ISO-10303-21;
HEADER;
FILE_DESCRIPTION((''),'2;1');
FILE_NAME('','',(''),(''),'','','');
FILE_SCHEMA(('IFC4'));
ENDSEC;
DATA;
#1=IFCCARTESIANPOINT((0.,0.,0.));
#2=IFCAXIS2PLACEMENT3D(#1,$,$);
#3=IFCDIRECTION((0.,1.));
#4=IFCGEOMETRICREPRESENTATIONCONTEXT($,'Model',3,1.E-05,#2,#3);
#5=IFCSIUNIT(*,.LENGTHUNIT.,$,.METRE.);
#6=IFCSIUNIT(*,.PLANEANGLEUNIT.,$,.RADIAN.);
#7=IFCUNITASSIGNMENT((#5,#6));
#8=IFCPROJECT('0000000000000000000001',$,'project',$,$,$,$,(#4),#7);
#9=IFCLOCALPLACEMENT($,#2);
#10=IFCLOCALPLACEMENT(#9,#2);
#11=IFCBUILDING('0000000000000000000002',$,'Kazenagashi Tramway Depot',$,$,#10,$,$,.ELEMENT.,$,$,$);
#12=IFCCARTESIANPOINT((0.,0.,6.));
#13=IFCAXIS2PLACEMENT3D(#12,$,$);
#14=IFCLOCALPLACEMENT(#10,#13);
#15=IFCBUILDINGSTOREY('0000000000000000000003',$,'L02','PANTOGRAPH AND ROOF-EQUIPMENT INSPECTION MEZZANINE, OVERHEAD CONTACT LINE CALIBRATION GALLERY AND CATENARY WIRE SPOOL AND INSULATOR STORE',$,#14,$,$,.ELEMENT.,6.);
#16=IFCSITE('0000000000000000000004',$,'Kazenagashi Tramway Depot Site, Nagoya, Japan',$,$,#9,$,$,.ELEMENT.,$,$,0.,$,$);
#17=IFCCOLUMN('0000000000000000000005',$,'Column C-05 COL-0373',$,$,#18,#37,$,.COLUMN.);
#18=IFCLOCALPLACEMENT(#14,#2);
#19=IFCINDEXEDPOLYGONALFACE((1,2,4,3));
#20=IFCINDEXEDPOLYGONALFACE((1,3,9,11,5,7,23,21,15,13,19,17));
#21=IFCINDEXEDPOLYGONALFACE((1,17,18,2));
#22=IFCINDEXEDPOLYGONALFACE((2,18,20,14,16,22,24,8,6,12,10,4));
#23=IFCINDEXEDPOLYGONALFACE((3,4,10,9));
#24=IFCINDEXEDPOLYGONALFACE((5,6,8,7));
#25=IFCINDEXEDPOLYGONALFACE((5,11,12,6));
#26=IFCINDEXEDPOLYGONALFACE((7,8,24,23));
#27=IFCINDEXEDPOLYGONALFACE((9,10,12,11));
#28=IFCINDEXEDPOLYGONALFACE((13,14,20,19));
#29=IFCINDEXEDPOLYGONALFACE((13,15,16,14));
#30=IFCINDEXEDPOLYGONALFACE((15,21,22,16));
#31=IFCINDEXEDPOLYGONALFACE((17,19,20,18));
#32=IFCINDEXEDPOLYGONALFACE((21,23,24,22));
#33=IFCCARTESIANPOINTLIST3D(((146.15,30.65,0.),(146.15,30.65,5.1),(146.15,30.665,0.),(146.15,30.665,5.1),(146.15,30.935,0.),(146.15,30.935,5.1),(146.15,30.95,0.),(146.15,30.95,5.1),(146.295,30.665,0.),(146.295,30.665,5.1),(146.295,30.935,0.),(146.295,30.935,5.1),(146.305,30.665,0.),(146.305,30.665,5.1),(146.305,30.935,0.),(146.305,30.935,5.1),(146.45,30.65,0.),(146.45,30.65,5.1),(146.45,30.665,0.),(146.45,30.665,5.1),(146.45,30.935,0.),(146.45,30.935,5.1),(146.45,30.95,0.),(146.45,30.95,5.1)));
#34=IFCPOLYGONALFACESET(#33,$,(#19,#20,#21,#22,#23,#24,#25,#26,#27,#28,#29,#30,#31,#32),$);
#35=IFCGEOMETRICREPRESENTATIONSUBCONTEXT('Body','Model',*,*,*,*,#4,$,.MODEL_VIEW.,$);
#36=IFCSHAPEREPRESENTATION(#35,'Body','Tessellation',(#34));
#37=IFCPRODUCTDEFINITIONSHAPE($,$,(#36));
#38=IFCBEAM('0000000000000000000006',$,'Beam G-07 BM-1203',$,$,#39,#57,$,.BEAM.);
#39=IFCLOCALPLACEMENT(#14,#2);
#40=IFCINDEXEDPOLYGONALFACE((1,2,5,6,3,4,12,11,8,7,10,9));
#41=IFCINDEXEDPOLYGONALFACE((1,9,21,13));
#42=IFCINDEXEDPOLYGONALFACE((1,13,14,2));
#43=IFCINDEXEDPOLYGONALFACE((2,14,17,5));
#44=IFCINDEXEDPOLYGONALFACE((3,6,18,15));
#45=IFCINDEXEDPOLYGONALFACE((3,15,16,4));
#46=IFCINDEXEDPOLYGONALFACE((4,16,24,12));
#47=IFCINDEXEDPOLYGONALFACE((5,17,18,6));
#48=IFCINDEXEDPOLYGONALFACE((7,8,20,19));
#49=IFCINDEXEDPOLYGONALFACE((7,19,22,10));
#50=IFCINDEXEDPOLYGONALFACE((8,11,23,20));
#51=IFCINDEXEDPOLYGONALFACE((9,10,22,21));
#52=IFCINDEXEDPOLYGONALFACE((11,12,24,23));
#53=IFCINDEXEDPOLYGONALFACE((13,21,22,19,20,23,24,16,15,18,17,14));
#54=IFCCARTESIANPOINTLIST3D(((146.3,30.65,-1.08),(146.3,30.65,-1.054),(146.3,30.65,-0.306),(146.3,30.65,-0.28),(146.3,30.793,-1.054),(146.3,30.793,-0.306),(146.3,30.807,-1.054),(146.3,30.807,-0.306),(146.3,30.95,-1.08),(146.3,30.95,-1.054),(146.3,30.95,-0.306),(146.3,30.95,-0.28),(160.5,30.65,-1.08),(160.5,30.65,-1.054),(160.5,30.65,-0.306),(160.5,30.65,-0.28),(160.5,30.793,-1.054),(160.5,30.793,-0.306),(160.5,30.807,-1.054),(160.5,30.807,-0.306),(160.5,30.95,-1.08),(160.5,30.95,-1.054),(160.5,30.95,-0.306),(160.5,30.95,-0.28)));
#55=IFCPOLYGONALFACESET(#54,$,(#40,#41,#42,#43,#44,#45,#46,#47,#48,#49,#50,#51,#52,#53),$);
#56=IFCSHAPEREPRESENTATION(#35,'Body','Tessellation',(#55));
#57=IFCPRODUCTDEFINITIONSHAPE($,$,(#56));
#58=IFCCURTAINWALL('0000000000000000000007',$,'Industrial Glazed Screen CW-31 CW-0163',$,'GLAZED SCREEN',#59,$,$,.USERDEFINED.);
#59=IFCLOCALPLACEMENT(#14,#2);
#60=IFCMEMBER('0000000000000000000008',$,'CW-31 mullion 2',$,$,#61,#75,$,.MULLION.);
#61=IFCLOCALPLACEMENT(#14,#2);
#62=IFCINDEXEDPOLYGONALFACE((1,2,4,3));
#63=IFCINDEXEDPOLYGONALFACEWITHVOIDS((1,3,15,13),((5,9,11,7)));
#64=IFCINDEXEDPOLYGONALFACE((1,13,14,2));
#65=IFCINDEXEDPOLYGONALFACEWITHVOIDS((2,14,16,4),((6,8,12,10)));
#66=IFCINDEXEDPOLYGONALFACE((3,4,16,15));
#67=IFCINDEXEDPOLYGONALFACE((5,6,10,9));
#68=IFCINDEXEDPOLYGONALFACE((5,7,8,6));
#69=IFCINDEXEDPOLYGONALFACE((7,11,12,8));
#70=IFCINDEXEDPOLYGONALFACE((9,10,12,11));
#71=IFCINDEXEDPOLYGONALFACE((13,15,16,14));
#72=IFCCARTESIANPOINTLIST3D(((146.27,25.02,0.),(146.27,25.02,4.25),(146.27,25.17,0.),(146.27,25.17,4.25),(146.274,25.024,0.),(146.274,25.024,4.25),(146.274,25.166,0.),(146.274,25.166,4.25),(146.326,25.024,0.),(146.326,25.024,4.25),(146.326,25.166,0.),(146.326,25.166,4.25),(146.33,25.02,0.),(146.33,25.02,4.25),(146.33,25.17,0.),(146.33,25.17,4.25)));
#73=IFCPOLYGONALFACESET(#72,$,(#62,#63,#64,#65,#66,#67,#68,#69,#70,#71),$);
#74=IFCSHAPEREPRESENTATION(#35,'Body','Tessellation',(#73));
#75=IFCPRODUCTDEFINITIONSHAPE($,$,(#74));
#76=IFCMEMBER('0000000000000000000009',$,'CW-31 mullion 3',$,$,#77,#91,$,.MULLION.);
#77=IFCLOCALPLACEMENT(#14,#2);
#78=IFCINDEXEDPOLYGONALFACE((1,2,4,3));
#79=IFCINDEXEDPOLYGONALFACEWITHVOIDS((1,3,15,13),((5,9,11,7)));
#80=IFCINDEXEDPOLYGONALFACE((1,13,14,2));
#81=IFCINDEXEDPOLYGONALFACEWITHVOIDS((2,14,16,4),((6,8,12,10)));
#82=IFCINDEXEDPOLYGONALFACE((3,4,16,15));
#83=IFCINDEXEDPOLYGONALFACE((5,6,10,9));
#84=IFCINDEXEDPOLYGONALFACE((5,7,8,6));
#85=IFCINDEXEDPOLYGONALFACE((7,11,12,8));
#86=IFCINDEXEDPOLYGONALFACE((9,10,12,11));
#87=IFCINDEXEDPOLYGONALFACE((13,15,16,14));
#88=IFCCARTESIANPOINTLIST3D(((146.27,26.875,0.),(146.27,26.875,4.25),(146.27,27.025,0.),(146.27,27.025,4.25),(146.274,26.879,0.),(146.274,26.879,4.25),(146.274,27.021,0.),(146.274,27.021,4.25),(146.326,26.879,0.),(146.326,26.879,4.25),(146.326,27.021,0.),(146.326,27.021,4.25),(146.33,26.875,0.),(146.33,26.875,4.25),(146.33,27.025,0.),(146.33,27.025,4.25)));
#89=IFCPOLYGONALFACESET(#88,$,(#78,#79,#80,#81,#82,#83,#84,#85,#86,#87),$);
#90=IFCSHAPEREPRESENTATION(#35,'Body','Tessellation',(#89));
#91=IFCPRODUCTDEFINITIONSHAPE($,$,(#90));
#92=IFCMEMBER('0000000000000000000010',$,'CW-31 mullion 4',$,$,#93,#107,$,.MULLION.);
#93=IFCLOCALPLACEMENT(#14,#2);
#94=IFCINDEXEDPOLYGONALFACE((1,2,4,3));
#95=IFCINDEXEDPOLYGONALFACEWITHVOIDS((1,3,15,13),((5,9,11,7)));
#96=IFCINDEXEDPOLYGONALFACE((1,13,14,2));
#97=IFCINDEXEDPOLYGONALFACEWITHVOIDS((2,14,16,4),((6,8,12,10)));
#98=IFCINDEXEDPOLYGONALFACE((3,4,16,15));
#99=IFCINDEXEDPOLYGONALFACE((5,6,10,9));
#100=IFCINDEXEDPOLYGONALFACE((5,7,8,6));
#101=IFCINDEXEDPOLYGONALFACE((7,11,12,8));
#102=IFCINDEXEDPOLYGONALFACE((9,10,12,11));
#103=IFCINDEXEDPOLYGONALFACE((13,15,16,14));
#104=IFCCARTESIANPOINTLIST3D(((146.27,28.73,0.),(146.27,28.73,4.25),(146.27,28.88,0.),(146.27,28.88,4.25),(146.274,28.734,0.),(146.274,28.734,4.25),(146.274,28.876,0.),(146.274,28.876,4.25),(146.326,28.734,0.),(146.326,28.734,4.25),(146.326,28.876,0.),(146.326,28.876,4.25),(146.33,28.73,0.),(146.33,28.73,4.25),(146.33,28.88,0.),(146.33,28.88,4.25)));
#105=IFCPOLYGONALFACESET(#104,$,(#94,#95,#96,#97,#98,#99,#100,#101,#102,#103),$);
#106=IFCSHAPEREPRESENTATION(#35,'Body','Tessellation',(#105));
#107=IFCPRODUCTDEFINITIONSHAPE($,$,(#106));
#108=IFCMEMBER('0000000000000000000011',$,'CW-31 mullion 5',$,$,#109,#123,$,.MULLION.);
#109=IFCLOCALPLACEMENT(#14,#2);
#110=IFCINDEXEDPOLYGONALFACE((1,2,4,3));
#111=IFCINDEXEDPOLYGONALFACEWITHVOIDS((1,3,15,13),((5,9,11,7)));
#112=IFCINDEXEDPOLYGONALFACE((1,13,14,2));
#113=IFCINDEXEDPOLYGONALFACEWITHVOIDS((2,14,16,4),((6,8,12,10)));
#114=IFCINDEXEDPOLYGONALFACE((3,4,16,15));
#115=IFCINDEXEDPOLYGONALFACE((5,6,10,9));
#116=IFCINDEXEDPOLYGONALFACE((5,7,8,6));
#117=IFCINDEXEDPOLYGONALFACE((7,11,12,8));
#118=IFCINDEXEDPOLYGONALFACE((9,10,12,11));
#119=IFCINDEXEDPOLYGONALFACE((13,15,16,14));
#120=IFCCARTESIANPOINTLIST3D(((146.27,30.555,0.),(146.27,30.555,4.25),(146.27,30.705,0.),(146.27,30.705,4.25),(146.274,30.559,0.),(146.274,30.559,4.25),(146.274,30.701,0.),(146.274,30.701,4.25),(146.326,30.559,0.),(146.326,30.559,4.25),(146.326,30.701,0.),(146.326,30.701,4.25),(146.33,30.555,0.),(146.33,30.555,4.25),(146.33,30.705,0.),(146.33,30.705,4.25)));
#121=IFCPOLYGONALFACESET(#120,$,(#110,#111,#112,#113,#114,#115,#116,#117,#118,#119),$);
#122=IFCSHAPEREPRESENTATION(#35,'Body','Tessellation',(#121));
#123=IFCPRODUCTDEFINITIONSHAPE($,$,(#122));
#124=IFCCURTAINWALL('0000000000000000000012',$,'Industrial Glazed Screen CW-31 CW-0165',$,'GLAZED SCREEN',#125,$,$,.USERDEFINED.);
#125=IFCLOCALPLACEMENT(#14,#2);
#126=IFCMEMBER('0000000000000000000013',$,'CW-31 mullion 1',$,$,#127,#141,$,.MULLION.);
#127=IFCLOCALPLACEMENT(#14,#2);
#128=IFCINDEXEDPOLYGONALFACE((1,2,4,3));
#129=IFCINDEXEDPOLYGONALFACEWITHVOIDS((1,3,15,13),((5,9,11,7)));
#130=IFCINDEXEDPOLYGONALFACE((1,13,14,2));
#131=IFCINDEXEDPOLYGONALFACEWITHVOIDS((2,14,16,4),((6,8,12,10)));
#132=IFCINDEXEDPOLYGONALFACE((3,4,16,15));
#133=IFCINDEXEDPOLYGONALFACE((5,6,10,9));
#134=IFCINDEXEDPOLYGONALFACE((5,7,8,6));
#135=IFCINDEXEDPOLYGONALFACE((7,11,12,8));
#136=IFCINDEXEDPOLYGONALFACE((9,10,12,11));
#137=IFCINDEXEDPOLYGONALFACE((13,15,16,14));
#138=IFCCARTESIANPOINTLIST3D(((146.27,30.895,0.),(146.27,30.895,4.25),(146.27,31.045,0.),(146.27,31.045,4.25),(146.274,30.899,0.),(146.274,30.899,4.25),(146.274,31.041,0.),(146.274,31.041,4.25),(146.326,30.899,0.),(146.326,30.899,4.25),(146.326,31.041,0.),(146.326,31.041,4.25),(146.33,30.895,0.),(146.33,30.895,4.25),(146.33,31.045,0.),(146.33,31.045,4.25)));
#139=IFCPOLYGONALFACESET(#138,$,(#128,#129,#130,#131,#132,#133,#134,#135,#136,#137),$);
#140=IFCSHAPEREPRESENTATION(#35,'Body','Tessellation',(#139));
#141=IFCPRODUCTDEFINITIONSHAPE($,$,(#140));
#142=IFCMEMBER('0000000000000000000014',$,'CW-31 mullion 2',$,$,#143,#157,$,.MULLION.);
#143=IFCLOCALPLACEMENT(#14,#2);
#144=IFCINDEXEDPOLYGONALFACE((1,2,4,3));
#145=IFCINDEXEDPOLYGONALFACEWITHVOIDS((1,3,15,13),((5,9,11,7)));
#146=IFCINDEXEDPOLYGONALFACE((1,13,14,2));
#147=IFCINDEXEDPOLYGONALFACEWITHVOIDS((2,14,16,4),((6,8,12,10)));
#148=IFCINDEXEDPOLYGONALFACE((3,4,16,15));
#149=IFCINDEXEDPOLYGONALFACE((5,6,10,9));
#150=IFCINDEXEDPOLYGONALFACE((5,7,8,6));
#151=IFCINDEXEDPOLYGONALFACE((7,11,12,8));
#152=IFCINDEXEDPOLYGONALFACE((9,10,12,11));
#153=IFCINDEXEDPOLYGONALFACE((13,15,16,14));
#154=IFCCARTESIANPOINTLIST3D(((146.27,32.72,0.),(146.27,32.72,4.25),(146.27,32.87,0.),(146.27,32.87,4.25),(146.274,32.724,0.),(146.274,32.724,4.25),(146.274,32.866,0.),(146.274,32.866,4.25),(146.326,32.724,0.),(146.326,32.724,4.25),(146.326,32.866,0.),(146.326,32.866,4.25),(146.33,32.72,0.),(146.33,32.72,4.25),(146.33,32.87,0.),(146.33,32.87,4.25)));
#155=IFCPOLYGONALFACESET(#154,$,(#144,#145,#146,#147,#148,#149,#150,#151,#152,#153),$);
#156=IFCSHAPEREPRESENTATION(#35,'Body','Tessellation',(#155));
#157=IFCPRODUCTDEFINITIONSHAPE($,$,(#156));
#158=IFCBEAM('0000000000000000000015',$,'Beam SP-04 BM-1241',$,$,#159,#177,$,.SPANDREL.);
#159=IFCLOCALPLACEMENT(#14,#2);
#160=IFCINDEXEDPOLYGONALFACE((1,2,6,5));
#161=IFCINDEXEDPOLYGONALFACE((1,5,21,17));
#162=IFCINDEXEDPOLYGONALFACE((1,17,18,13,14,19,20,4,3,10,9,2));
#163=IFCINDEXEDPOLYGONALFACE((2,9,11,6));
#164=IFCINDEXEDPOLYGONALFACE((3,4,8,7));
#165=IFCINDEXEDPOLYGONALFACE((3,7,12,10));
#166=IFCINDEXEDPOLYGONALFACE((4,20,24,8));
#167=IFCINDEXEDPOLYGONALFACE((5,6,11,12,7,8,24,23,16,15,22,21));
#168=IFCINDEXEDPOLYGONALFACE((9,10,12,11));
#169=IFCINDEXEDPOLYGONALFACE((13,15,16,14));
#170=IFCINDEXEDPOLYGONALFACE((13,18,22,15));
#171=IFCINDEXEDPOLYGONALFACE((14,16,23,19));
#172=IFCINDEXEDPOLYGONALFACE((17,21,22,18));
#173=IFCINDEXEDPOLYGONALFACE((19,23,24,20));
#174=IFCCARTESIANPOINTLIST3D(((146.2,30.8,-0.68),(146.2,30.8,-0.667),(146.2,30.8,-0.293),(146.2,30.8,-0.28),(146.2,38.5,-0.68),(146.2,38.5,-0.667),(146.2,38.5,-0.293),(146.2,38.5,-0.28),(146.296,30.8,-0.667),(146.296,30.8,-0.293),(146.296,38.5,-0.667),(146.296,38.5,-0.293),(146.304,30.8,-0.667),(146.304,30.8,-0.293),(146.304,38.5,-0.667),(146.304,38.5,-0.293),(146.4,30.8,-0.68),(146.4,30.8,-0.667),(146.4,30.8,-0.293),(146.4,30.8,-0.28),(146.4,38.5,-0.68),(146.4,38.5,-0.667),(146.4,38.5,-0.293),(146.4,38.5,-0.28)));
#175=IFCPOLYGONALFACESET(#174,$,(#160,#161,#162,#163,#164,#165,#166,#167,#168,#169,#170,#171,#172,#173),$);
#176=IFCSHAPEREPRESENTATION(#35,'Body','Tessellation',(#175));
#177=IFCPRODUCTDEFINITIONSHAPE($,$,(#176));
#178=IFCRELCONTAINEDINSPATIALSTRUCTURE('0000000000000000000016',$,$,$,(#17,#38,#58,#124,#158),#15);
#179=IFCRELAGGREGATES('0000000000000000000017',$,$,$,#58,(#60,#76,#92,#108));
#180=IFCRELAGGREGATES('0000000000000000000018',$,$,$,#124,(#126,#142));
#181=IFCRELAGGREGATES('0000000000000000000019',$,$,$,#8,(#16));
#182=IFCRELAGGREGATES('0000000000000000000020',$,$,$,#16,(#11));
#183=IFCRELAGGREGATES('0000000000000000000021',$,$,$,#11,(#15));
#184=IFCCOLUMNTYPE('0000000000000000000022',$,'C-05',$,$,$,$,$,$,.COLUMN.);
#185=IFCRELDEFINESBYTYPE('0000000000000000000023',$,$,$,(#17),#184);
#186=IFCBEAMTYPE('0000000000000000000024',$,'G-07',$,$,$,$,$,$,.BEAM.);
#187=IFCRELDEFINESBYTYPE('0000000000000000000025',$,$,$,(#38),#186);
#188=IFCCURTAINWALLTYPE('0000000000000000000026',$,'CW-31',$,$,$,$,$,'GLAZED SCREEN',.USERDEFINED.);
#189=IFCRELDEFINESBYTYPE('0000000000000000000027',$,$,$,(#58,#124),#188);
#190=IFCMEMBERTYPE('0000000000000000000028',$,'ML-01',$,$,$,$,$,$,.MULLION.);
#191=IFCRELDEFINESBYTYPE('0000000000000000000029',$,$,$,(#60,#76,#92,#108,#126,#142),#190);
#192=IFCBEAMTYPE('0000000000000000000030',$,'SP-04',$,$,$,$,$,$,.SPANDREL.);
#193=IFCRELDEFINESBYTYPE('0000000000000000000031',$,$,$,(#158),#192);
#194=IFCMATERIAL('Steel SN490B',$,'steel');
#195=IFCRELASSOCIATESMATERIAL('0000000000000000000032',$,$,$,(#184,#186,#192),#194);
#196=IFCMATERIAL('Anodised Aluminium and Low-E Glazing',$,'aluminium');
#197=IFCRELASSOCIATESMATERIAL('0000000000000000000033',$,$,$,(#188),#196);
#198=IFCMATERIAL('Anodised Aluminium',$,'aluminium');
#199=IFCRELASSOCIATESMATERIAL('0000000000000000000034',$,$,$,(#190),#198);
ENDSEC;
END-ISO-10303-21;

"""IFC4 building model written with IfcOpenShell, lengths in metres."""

from ifc_helpers import new_model, si_unit, direction, frame, origin, origin_2d, place, context, subcontext, project, spatial, hollow_rectangle, i_section, extrude, material, material_profile, profile_set, type_object, element, aggregate, save


model = new_model("IFC4")

# Units and contexts
model_context = context("Model", 3, precision=1e-05, world=origin(), true_north=direction((0.0, 1.0)))
body_context = subcontext(model_context, "Body", "Model", "MODEL_VIEW")
ifc_project = project(units=[si_unit("LENGTHUNIT", "METRE"), si_unit("PLANEANGLEUNIT", "RADIAN")], contexts=[model_context])

# Site, building, storey
site_placement = place(None, origin())
site = spatial("IfcSite", under=ifc_project, at=site_placement, Name="Kazenagashi Tramway Depot Site, Nagoya, Japan", CompositionType="ELEMENT", RefElevation=0.0)
building_placement = place(site_placement, origin())
building = spatial("IfcBuilding", under=site, at=building_placement, Name="Kazenagashi Tramway Depot", CompositionType="ELEMENT")
storey_placement = place(building_placement, frame((0.0, 0.0, 6.0)))
storey = spatial("IfcBuildingStorey", under=building, at=storey_placement, Name="L02", Description="PANTOGRAPH AND ROOF-EQUIPMENT INSPECTION MEZZANINE, OVERHEAD CONTACT LINE CALIBRATION GALLERY AND CATENARY WIRE SPOOL AND INSULATOR STORE", CompositionType="ELEMENT", Elevation=6.0)

# Column
ifc_material_1 = material(Name="Steel SN490B", Category="steel")
ifc_material_profile_1 = material_profile(ifc_material_1, i_section(OverallWidth=0.3, OverallDepth=0.3, WebThickness=0.01, FlangeThickness=0.015, at=origin_2d()), Name="H-300x300x10x15")
ifc_profile_set_1 = profile_set([ifc_material_profile_1], Name="Steel SN490B")
column_type = type_object("IfcColumnType", Name="C-05", PredefinedType="COLUMN", material=ifc_profile_set_1)
column_placement = place(storey_placement, frame((146.3, 30.8, 0.0), z_axis=(0.0, 0.0, 1.0), x_axis=(1.0, 0.0, 0.0)))
element("IfcColumn", 1, at=column_placement, inside=storey, type_object=column_type, Name="Column C-05 COL-0373", PredefinedType="COLUMN", context=body_context, shape_type="SweptSolid", body=[
    extrude(i_section(OverallWidth=0.3, OverallDepth=0.3, WebThickness=0.01, FlangeThickness=0.015, at=origin_2d()), origin(), (0.0, 0.0, 1.0), 5.1),
])

# Beam
ifc_material_profile_2 = material_profile(ifc_material_1, i_section(OverallWidth=0.3, OverallDepth=0.8, WebThickness=0.014, FlangeThickness=0.026, at=origin_2d()), Name="H-800x300x14x26")
ifc_profile_set_2 = profile_set([ifc_material_profile_2], Name="Steel SN490B")
beam_type_1 = type_object("IfcBeamType", Name="G-07", PredefinedType="BEAM", material=ifc_profile_set_2)
beam_1_placement = place(storey_placement, frame((146.3, 30.8, -0.68), z_axis=(1.0, 0.0, 0.0), x_axis=(0.0, 1.0, 0.0)))
element("IfcBeam", 2, at=beam_1_placement, inside=storey, type_object=beam_type_1, Name="Beam G-07 BM-1203", PredefinedType="BEAM", context=body_context, shape_type="SweptSolid", body=[
    extrude(i_section(OverallWidth=0.3, OverallDepth=0.8, WebThickness=0.014, FlangeThickness=0.026, at=origin_2d()), origin(), (0.0, 0.0, 1.0), 14.2),
])

# Curtain walls, members
ifc_material_2 = material(Name="Anodised Aluminium and Low-E Glazing", Category="aluminium")
curtain_wall_type = type_object("IfcCurtainWallType", Name="CW-31", ElementType="GLAZED SCREEN", PredefinedType="USERDEFINED", material=ifc_material_2)
curtain_wall_1_placement = place(storey_placement, origin())
curtain_wall_1 = element("IfcCurtainWall", 3, at=curtain_wall_1_placement, inside=storey, type_object=curtain_wall_type, Name="Industrial Glazed Screen CW-31 CW-0163", ObjectType="GLAZED SCREEN", PredefinedType="USERDEFINED")
ifc_material_3 = material(Name="Anodised Aluminium", Category="aluminium")
ifc_material_profile_3 = material_profile(ifc_material_3, hollow_rectangle(XDim=0.06, YDim=0.15, WallThickness=0.004, at=origin_2d()), Name="RHS-150x60x4")
ifc_profile_set_3 = profile_set([ifc_material_profile_3], Name="Anodised Aluminium")
member_type_1 = type_object("IfcMemberType", Name="ML-01", PredefinedType="MULLION", material=ifc_profile_set_3)
member_1_placement = place(storey_placement, frame((146.3, 25.095, 0.0), z_axis=(0.0, 0.0, 1.0), x_axis=(-1.0, 0.0, 0.0)))
member_1 = element("IfcMember", 4, at=member_1_placement, type_object=member_type_1, Name="CW-31 mullion 2", PredefinedType="MULLION", context=body_context, shape_type="SweptSolid", body=[
    extrude(hollow_rectangle(XDim=0.06, YDim=0.15, WallThickness=0.004, at=origin_2d()), origin(), (0.0, 0.0, 1.0), 4.25),
])
member_2_placement = place(storey_placement, frame((146.3, 26.95, 0.0), z_axis=(0.0, 0.0, 1.0), x_axis=(-1.0, 0.0, 0.0)))
member_2 = element("IfcMember", 5, at=member_2_placement, type_object=member_type_1, Name="CW-31 mullion 3", PredefinedType="MULLION", context=body_context, shape_type="SweptSolid", body=[
    extrude(hollow_rectangle(XDim=0.06, YDim=0.15, WallThickness=0.004, at=origin_2d()), origin(), (0.0, 0.0, 1.0), 4.25),
])
member_3_placement = place(storey_placement, frame((146.3, 28.805, 0.0), z_axis=(0.0, 0.0, 1.0), x_axis=(-1.0, 0.0, 0.0)))
member_3 = element("IfcMember", 6, at=member_3_placement, type_object=member_type_1, Name="CW-31 mullion 4", PredefinedType="MULLION", context=body_context, shape_type="SweptSolid", body=[
    extrude(hollow_rectangle(XDim=0.06, YDim=0.15, WallThickness=0.004, at=origin_2d()), origin(), (0.0, 0.0, 1.0), 4.25),
])
member_4_placement = place(storey_placement, frame((146.3, 30.63, 0.0), z_axis=(0.0, 0.0, 1.0), x_axis=(-1.0, 0.0, 0.0)))
member_4 = element("IfcMember", 7, at=member_4_placement, type_object=member_type_1, Name="CW-31 mullion 5", PredefinedType="MULLION", context=body_context, shape_type="SweptSolid", body=[
    extrude(hollow_rectangle(XDim=0.06, YDim=0.15, WallThickness=0.004, at=origin_2d()), origin(), (0.0, 0.0, 1.0), 4.25),
])
curtain_wall_2_placement = place(storey_placement, origin())
curtain_wall_2 = element("IfcCurtainWall", 8, at=curtain_wall_2_placement, inside=storey, type_object=curtain_wall_type, Name="Industrial Glazed Screen CW-31 CW-0165", ObjectType="GLAZED SCREEN", PredefinedType="USERDEFINED")
member_5_placement = place(storey_placement, frame((146.3, 30.97, 0.0), z_axis=(0.0, 0.0, 1.0), x_axis=(-1.0, 0.0, 0.0)))
member_5 = element("IfcMember", 9, at=member_5_placement, type_object=member_type_1, Name="CW-31 mullion 1", PredefinedType="MULLION", context=body_context, shape_type="SweptSolid", body=[
    extrude(hollow_rectangle(XDim=0.06, YDim=0.15, WallThickness=0.004, at=origin_2d()), origin(), (0.0, 0.0, 1.0), 4.25),
])
member_6_placement = place(storey_placement, frame((146.3, 32.795, 0.0), z_axis=(0.0, 0.0, 1.0), x_axis=(-1.0, 0.0, 0.0)))
member_6 = element("IfcMember", 10, at=member_6_placement, type_object=member_type_1, Name="CW-31 mullion 2", PredefinedType="MULLION", context=body_context, shape_type="SweptSolid", body=[
    extrude(hollow_rectangle(XDim=0.06, YDim=0.15, WallThickness=0.004, at=origin_2d()), origin(), (0.0, 0.0, 1.0), 4.25),
])

# Beam
ifc_material_profile_4 = material_profile(ifc_material_1, i_section(OverallWidth=0.2, OverallDepth=0.4, WebThickness=0.008, FlangeThickness=0.013, at=origin_2d()), Name="H-400x200x8x13")
ifc_profile_set_4 = profile_set([ifc_material_profile_4], Name="Steel SN490B")
beam_type_2 = type_object("IfcBeamType", Name="SP-04", PredefinedType="SPANDREL", material=ifc_profile_set_4)
beam_2_placement = place(storey_placement, frame((146.3, 30.8, -0.48), z_axis=(0.0, 1.0, 0.0), x_axis=(-1.0, 0.0, 0.0)))
element("IfcBeam", 11, at=beam_2_placement, inside=storey, type_object=beam_type_2, Name="Beam SP-04 BM-1241", PredefinedType="SPANDREL", context=body_context, shape_type="SweptSolid", body=[
    extrude(i_section(OverallWidth=0.2, OverallDepth=0.4, WebThickness=0.008, FlangeThickness=0.013, at=origin_2d()), origin(), (0.0, 0.0, 1.0), 7.7),
])

aggregate(curtain_wall_1, [member_1, member_2, member_3, member_4])
aggregate(curtain_wall_2, [member_5, member_6])

save(model, "model.ifc")
